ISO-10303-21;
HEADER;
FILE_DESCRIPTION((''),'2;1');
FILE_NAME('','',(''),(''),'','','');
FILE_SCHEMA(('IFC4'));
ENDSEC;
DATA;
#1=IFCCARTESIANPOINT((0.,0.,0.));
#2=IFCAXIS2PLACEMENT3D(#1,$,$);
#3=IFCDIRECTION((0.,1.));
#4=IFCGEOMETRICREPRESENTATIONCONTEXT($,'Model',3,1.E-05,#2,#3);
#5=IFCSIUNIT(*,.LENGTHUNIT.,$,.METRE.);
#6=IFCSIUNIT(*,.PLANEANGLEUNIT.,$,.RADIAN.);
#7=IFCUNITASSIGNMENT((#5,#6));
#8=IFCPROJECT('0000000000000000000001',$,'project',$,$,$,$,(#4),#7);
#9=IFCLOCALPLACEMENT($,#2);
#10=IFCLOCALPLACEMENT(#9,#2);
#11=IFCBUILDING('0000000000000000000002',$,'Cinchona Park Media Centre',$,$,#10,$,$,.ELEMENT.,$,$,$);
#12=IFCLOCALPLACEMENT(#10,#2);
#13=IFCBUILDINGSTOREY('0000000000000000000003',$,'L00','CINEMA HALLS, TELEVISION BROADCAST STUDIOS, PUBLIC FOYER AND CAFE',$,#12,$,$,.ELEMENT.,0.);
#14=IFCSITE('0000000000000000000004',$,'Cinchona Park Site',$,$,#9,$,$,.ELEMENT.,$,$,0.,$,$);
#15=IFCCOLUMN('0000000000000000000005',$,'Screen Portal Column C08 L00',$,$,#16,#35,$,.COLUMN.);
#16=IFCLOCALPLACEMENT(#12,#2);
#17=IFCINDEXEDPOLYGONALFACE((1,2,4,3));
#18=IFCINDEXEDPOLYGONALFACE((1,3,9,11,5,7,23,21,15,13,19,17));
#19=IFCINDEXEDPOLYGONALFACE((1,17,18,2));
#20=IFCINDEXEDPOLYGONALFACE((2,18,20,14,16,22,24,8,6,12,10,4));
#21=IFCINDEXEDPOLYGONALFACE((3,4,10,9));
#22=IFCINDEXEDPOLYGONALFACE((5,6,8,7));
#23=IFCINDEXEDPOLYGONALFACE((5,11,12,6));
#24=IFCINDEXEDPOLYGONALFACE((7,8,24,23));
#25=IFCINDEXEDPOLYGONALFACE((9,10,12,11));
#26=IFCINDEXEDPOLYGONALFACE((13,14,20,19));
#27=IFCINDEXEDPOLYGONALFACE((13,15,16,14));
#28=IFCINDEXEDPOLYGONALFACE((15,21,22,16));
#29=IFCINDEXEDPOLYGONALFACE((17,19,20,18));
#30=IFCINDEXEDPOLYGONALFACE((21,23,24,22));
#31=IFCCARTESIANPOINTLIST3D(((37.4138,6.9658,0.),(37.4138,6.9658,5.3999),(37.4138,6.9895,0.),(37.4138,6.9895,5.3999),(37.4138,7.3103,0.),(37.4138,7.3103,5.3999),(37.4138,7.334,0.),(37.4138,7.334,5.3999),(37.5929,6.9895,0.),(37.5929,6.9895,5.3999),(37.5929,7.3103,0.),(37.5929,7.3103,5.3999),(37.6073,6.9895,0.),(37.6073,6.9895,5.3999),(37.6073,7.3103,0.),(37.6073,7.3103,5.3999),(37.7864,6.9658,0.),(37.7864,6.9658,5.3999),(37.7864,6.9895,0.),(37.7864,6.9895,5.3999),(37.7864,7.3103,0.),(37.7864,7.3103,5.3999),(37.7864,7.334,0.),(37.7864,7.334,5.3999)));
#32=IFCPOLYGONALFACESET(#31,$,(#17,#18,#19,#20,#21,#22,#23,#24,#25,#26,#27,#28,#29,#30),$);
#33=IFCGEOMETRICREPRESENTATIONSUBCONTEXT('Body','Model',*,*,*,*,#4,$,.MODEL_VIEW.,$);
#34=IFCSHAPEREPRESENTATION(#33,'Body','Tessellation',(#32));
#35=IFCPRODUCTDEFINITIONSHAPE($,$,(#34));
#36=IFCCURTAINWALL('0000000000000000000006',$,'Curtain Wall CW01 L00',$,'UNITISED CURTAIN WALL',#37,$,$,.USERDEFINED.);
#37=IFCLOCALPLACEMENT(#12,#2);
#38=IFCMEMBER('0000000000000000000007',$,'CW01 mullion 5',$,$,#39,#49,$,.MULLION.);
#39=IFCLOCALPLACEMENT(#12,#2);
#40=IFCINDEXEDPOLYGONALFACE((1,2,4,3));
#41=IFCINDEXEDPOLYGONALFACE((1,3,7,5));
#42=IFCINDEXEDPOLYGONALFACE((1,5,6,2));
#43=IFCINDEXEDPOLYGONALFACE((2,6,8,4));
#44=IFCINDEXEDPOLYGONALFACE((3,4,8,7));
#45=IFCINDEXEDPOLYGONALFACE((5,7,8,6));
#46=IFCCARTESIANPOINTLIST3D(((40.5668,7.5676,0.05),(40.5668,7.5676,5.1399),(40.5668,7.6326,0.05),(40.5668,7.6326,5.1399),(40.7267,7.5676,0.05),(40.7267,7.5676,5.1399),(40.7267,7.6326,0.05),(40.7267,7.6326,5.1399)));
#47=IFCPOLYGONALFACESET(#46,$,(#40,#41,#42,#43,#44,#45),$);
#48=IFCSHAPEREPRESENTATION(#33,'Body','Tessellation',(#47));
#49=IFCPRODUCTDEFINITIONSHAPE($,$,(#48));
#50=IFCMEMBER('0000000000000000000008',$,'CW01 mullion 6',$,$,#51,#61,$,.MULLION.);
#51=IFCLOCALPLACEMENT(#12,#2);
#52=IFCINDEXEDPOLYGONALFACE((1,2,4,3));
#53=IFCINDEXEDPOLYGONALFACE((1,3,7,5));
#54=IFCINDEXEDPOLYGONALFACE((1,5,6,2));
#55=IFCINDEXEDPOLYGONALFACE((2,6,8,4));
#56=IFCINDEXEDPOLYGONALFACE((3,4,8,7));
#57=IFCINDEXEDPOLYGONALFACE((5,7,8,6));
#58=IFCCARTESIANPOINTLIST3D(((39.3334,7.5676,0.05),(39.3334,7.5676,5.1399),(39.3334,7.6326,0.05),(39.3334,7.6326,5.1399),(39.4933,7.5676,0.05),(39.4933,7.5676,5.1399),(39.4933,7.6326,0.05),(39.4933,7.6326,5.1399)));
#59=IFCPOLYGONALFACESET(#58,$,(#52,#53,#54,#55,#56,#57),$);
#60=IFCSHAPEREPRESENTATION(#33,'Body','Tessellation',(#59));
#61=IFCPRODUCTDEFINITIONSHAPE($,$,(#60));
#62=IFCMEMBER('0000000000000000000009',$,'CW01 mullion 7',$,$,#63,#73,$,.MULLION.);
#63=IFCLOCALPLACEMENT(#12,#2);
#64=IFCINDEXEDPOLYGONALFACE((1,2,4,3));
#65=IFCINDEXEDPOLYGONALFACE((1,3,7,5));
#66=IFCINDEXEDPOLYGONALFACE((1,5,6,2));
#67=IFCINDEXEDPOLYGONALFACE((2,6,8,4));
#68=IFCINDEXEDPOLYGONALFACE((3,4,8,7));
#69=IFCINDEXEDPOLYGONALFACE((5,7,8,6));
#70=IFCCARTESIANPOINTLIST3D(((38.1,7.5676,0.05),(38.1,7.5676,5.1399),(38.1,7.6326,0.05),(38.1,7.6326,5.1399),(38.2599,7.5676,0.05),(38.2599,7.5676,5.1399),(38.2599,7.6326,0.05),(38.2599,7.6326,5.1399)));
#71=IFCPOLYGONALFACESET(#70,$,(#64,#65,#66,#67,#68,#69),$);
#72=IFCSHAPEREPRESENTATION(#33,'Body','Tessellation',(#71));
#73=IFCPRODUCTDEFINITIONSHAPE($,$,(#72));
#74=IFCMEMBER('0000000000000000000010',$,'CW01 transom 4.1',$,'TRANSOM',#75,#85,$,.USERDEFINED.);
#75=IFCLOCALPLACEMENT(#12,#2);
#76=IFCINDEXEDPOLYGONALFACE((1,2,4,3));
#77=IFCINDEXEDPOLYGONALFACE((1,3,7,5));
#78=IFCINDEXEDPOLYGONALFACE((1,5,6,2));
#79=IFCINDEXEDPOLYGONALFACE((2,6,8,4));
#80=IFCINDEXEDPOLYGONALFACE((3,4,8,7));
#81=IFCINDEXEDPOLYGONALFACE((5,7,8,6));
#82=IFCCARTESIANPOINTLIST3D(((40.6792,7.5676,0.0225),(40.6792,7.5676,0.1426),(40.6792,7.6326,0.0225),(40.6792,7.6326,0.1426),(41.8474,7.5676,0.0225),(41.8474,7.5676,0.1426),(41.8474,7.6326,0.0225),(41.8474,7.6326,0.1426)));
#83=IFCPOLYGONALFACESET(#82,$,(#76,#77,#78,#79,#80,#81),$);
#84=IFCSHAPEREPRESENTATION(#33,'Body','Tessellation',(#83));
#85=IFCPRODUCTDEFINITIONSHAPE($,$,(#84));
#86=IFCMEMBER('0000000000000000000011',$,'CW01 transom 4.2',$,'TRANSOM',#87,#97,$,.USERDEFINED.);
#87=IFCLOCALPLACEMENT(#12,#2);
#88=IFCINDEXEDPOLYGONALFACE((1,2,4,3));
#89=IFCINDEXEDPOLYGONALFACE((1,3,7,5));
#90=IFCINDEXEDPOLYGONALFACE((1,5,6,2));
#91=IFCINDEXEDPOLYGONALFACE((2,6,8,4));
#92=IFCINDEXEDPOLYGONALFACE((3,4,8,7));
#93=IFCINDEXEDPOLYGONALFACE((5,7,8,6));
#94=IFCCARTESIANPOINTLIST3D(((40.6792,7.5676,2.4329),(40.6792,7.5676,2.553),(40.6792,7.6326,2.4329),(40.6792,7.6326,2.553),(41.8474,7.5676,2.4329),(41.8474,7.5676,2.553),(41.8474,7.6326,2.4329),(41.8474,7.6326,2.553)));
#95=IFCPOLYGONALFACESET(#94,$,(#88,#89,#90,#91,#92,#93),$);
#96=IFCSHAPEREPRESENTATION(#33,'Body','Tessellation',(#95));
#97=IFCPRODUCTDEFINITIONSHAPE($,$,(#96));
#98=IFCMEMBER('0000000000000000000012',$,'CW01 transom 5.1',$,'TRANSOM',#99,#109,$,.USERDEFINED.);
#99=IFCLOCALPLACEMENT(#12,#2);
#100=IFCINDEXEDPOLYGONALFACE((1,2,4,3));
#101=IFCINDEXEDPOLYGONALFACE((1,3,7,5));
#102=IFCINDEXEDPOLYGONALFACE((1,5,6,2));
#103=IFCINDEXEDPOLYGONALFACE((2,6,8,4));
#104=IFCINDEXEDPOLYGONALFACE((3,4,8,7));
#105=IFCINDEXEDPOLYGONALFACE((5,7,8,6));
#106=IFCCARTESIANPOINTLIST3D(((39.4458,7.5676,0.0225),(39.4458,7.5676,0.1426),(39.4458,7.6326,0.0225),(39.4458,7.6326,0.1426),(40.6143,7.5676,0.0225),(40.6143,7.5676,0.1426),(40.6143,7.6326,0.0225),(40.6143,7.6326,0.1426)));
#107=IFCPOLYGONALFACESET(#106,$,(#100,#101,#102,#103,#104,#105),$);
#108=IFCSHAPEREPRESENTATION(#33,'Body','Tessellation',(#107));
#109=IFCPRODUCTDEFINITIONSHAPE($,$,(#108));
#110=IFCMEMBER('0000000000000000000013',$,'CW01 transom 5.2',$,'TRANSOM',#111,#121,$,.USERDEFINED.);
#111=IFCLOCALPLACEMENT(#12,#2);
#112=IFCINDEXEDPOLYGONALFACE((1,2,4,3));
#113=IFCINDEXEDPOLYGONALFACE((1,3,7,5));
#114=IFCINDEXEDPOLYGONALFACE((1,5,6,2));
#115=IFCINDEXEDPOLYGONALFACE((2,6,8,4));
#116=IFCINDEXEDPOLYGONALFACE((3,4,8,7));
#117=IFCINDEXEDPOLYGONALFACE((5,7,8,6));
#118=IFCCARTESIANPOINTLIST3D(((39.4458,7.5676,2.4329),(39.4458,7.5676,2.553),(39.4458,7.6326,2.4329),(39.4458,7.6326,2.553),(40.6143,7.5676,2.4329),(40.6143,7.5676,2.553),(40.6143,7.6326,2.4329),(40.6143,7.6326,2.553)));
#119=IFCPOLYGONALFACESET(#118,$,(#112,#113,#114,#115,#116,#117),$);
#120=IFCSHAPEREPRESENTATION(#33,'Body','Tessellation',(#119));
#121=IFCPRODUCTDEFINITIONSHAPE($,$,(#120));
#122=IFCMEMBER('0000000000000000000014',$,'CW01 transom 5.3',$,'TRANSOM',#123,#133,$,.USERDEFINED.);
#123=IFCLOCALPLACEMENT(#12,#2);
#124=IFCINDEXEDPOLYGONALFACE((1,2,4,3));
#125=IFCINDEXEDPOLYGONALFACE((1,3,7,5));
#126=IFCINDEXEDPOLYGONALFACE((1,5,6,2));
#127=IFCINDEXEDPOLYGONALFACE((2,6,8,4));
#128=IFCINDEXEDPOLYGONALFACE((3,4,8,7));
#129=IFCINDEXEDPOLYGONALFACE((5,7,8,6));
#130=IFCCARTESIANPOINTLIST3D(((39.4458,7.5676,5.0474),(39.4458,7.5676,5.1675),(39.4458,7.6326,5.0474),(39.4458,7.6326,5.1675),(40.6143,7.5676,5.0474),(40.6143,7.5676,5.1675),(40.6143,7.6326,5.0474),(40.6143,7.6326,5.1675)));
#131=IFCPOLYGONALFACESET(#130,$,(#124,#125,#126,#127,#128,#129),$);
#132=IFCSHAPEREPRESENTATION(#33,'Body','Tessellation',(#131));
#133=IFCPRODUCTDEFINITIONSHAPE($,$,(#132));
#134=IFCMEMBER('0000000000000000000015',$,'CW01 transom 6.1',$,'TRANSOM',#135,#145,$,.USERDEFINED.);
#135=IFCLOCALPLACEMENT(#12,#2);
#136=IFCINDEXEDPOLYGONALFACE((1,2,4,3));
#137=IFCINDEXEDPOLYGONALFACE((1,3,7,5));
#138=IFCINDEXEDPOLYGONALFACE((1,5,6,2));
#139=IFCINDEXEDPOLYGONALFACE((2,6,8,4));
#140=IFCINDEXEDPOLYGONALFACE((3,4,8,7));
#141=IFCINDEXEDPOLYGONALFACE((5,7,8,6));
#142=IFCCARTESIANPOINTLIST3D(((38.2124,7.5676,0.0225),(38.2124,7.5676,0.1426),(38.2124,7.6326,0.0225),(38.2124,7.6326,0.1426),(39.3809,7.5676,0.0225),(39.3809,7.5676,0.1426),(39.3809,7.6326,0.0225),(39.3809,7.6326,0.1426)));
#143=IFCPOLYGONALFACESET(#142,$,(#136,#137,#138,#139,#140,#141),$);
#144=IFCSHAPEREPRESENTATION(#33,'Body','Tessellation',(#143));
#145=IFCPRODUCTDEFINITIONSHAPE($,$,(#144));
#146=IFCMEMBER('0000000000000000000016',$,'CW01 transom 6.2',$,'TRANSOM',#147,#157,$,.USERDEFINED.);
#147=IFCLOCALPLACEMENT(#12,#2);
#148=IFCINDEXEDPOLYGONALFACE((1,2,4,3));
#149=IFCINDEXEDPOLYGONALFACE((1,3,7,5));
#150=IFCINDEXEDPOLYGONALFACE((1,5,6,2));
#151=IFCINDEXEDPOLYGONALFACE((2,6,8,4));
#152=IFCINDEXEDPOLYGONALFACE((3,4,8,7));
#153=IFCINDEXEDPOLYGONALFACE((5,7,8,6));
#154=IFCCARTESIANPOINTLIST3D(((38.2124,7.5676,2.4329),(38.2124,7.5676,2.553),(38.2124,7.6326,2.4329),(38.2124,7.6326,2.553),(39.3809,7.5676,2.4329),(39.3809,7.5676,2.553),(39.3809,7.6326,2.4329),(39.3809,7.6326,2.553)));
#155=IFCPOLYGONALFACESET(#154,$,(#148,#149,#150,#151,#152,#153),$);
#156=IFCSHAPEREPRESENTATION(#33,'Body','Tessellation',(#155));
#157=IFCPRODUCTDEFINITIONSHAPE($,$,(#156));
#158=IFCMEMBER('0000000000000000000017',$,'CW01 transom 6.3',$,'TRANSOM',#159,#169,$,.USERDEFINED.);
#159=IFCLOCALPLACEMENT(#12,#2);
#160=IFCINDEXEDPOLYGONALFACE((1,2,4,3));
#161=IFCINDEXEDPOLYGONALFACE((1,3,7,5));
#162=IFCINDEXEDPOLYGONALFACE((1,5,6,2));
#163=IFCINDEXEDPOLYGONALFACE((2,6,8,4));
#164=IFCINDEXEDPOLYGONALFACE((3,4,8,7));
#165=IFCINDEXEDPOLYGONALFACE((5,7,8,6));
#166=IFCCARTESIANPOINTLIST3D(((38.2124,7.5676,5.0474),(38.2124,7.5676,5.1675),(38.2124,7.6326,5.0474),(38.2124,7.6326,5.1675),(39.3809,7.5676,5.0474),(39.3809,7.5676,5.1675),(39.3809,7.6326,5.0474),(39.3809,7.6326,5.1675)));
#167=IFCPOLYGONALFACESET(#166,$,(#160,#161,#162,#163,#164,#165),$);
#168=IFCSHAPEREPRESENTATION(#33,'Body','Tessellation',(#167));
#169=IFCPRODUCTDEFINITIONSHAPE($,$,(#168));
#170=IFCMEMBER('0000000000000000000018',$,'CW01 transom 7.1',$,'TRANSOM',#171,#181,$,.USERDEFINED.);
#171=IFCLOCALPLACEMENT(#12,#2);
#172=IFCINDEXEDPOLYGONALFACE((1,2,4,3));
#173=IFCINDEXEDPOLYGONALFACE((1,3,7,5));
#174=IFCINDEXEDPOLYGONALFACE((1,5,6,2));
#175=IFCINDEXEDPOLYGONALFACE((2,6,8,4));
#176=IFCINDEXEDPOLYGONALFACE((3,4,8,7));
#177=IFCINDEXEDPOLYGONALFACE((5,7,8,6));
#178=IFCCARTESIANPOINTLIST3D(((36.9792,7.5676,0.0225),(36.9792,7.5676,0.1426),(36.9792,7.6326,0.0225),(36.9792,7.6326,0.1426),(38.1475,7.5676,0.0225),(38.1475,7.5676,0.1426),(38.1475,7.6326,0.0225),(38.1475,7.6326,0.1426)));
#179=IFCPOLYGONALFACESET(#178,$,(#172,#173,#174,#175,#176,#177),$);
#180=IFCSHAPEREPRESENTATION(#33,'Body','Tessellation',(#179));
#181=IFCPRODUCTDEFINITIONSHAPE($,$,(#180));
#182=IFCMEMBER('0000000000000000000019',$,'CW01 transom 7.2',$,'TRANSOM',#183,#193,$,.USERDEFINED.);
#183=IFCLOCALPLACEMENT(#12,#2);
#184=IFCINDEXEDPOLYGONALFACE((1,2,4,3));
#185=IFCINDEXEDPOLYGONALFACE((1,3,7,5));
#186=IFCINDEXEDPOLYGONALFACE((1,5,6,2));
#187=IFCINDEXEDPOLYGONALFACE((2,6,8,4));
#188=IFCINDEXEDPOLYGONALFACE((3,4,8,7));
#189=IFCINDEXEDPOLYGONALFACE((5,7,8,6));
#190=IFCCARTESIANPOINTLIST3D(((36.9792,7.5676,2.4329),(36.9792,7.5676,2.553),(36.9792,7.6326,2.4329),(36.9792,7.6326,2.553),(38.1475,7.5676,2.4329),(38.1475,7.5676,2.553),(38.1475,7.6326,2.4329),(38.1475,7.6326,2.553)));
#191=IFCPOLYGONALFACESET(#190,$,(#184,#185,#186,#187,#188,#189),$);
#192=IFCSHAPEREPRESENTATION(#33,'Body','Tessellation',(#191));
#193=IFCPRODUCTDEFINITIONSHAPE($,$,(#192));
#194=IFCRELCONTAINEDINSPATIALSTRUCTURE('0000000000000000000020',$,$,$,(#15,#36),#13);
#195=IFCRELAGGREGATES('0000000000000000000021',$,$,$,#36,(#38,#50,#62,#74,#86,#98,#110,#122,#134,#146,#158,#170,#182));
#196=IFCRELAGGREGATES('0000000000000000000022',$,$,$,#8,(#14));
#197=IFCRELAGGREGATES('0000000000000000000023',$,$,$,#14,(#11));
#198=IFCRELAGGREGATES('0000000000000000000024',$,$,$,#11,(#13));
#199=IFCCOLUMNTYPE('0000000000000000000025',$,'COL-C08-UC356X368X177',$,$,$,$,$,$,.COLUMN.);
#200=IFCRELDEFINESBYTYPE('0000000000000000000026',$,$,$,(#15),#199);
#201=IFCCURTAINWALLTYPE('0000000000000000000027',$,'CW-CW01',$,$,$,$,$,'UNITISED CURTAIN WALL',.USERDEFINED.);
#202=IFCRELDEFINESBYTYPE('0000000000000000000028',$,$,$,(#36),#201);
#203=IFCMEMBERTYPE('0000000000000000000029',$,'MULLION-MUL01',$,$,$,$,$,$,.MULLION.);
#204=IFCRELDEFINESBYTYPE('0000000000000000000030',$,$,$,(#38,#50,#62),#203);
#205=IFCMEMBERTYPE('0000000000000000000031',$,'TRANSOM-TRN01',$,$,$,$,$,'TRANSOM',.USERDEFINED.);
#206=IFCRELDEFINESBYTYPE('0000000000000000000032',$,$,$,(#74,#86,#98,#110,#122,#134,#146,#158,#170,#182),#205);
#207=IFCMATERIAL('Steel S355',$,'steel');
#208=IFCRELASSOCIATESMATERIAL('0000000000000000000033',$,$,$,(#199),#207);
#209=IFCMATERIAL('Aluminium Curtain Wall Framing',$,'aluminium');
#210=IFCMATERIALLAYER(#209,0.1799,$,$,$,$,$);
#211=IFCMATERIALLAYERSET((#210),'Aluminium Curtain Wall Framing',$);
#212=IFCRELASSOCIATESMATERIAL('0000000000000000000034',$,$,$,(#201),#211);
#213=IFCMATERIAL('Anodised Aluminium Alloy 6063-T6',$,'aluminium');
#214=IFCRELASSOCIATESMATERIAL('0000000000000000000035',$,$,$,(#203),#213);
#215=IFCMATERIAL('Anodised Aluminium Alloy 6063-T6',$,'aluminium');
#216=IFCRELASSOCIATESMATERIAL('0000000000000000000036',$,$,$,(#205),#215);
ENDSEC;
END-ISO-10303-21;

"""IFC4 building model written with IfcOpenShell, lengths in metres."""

from ifc_helpers import new_model, si_unit, direction, frame, origin, origin_2d, place, context, subcontext, project, spatial, rectangle, i_section, extrude, material, layer, layer_set, material_profile, profile_set, type_object, element, aggregate, save


model = new_model("IFC4")

# Units and contexts
model_context = context("Model", 3, precision=1e-05, world=origin(), true_north=direction((0.0, 1.0)))
body_context = subcontext(model_context, "Body", "Model", "MODEL_VIEW")
ifc_project = project(units=[si_unit("LENGTHUNIT", "METRE"), si_unit("PLANEANGLEUNIT", "RADIAN")], contexts=[model_context])

# Site, building, storey
site_placement = place(None, origin())
site = spatial("IfcSite", under=ifc_project, at=site_placement, Name="Cinchona Park Site", CompositionType="ELEMENT", RefElevation=0.0)
building_placement = place(site_placement, origin())
building = spatial("IfcBuilding", under=site, at=building_placement, Name="Cinchona Park Media Centre", CompositionType="ELEMENT")
storey_placement = place(building_placement, origin())
storey = spatial("IfcBuildingStorey", under=building, at=storey_placement, Name="L00", Description="CINEMA HALLS, TELEVISION BROADCAST STUDIOS, PUBLIC FOYER AND CAFE", CompositionType="ELEMENT", Elevation=0.0)

# Column
ifc_material_1 = material(Name="Steel S355", Category="steel")
ifc_material_profile_1 = material_profile(ifc_material_1, i_section(OverallWidth=0.3726, OverallDepth=0.3682, WebThickness=0.0144, FlangeThickness=0.0237, at=origin_2d()), Name="UC356X368X177")
ifc_profile_set_1 = profile_set([ifc_material_profile_1], Name="Steel S355")
column_type = type_object("IfcColumnType", Name="COL-C08-UC356X368X177", PredefinedType="COLUMN", material=ifc_profile_set_1)
column_placement = place(storey_placement, frame((37.6001, 7.1499, 0.0), z_axis=(0.0, 0.0, 1.0), x_axis=(1.0, 0.0, 0.0)))
element("IfcColumn", 1, at=column_placement, inside=storey, type_object=column_type, Name="Screen Portal Column C08 L00", PredefinedType="COLUMN", context=body_context, shape_type="SweptSolid", body=[
    extrude(i_section(OverallWidth=0.3726, OverallDepth=0.3682, WebThickness=0.0144, FlangeThickness=0.0237, at=origin_2d()), origin(), (0.0, 0.0, 1.0), 5.3999),
])

# Curtain wall, members
ifc_material_2 = material(Name="Aluminium Curtain Wall Framing", Category="aluminium")
ifc_layer_1 = layer(ifc_material_2, 0.1799)
ifc_layer_set_1 = layer_set([ifc_layer_1], Name="Aluminium Curtain Wall Framing")
curtain_wall_type = type_object("IfcCurtainWallType", Name="CW-CW01", ElementType="UNITISED CURTAIN WALL", PredefinedType="USERDEFINED", material=ifc_layer_set_1)
curtain_wall_placement = place(storey_placement, origin())
curtain_wall = element("IfcCurtainWall", 2, at=curtain_wall_placement, inside=storey, type_object=curtain_wall_type, Name="Curtain Wall CW01 L00", ObjectType="UNITISED CURTAIN WALL", PredefinedType="USERDEFINED")
ifc_material_3 = material(Name="Anodised Aluminium Alloy 6063-T6", Category="aluminium")
ifc_material_profile_2 = material_profile(ifc_material_3, rectangle(XDim=0.0649, YDim=0.1599, at=origin_2d()), Name="MUL-65X160")
ifc_profile_set_2 = profile_set([ifc_material_profile_2], Name="Anodised Aluminium Alloy 6063-T6")
member_type_1 = type_object("IfcMemberType", Name="MULLION-MUL01", PredefinedType="MULLION", material=ifc_profile_set_2)
member_1_placement = place(storey_placement, frame((40.6467, 7.6001, 0.05), z_axis=(0.0, 0.0, 1.0), x_axis=(0.0, -1.0, 0.0)))
member_1 = element("IfcMember", 3, at=member_1_placement, type_object=member_type_1, Name="CW01 mullion 5", PredefinedType="MULLION", context=body_context, shape_type="SweptSolid", body=[
    extrude(rectangle(XDim=0.0649, YDim=0.1599, at=origin_2d()), origin(), (0.0, 0.0, 1.0), 5.0898),
])
member_2_placement = place(storey_placement, frame((39.4133, 7.6001, 0.05), z_axis=(0.0, 0.0, 1.0), x_axis=(0.0, -1.0, 0.0)))
member_2 = element("IfcMember", 4, at=member_2_placement, type_object=member_type_1, Name="CW01 mullion 6", PredefinedType="MULLION", context=body_context, shape_type="SweptSolid", body=[
    extrude(rectangle(XDim=0.0649, YDim=0.1599, at=origin_2d()), origin(), (0.0, 0.0, 1.0), 5.0898),
])
member_3_placement = place(storey_placement, frame((38.1799, 7.6001, 0.05), z_axis=(0.0, 0.0, 1.0), x_axis=(0.0, -1.0, 0.0)))
member_3 = element("IfcMember", 5, at=member_3_placement, type_object=member_type_1, Name="CW01 mullion 7", PredefinedType="MULLION", context=body_context, shape_type="SweptSolid", body=[
    extrude(rectangle(XDim=0.0649, YDim=0.1599, at=origin_2d()), origin(), (0.0, 0.0, 1.0), 5.0898),
])
ifc_material_4 = material(Name="Anodised Aluminium Alloy 6063-T6", Category="aluminium")
ifc_material_profile_3 = material_profile(ifc_material_4, rectangle(XDim=0.0649, YDim=0.1201, at=origin_2d()), Name="TRN-65X120")
ifc_profile_set_3 = profile_set([ifc_material_profile_3], Name="Anodised Aluminium Alloy 6063-T6")
member_type_2 = type_object("IfcMemberType", Name="TRANSOM-TRN01", ElementType="TRANSOM", PredefinedType="USERDEFINED", material=ifc_profile_set_3)
member_4_placement = place(storey_placement, frame((41.8474, 7.6001, 0.0825), z_axis=(-1.0, 0.0, 0.0), x_axis=(0.0, -1.0, 0.0)))
member_4 = element("IfcMember", 6, at=member_4_placement, type_object=member_type_2, Name="CW01 transom 4.1", ObjectType="TRANSOM", PredefinedType="USERDEFINED", context=body_context, shape_type="SweptSolid", body=[
    extrude(rectangle(XDim=0.0649, YDim=0.1201, at=origin_2d()), origin(), (0.0, 0.0, 1.0), 1.1682),
])
member_5_placement = place(storey_placement, frame((41.8474, 7.6001, 2.4929), z_axis=(-1.0, 0.0, 0.0), x_axis=(0.0, -1.0, 0.0)))
member_5 = element("IfcMember", 7, at=member_5_placement, type_object=member_type_2, Name="CW01 transom 4.2", ObjectType="TRANSOM", PredefinedType="USERDEFINED", context=body_context, shape_type="SweptSolid", body=[
    extrude(rectangle(XDim=0.0649, YDim=0.1201, at=origin_2d()), origin(), (0.0, 0.0, 1.0), 1.1682),
])
member_6_placement = place(storey_placement, frame((40.6143, 7.6001, 0.0825), z_axis=(-1.0, 0.0, 0.0), x_axis=(0.0, -1.0, 0.0)))
member_6 = element("IfcMember", 8, at=member_6_placement, type_object=member_type_2, Name="CW01 transom 5.1", ObjectType="TRANSOM", PredefinedType="USERDEFINED", context=body_context, shape_type="SweptSolid", body=[
    extrude(rectangle(XDim=0.0649, YDim=0.1201, at=origin_2d()), origin(), (0.0, 0.0, 1.0), 1.1685),
])
member_7_placement = place(storey_placement, frame((40.6143, 7.6001, 2.4929), z_axis=(-1.0, 0.0, 0.0), x_axis=(0.0, -1.0, 0.0)))
member_7 = element("IfcMember", 9, at=member_7_placement, type_object=member_type_2, Name="CW01 transom 5.2", ObjectType="TRANSOM", PredefinedType="USERDEFINED", context=body_context, shape_type="SweptSolid", body=[
    extrude(rectangle(XDim=0.0649, YDim=0.1201, at=origin_2d()), origin(), (0.0, 0.0, 1.0), 1.1685),
])
member_8_placement = place(storey_placement, frame((40.6143, 7.6001, 5.1074), z_axis=(-1.0, 0.0, 0.0), x_axis=(0.0, -1.0, 0.0)))
member_8 = element("IfcMember", 10, at=member_8_placement, type_object=member_type_2, Name="CW01 transom 5.3", ObjectType="TRANSOM", PredefinedType="USERDEFINED", context=body_context, shape_type="SweptSolid", body=[
    extrude(rectangle(XDim=0.0649, YDim=0.1201, at=origin_2d()), origin(), (0.0, 0.0, 1.0), 1.1685),
])
member_9_placement = place(storey_placement, frame((39.3809, 7.6001, 0.0825), z_axis=(-1.0, 0.0, 0.0), x_axis=(0.0, -1.0, 0.0)))
member_9 = element("IfcMember", 11, at=member_9_placement, type_object=member_type_2, Name="CW01 transom 6.1", ObjectType="TRANSOM", PredefinedType="USERDEFINED", context=body_context, shape_type="SweptSolid", body=[
    extrude(rectangle(XDim=0.0649, YDim=0.1201, at=origin_2d()), origin(), (0.0, 0.0, 1.0), 1.1685),
])
member_10_placement = place(storey_placement, frame((39.3809, 7.6001, 2.4929), z_axis=(-1.0, 0.0, 0.0), x_axis=(0.0, -1.0, 0.0)))
member_10 = element("IfcMember", 12, at=member_10_placement, type_object=member_type_2, Name="CW01 transom 6.2", ObjectType="TRANSOM", PredefinedType="USERDEFINED", context=body_context, shape_type="SweptSolid", body=[
    extrude(rectangle(XDim=0.0649, YDim=0.1201, at=origin_2d()), origin(), (0.0, 0.0, 1.0), 1.1685),
])
member_11_placement = place(storey_placement, frame((39.3809, 7.6001, 5.1074), z_axis=(-1.0, 0.0, 0.0), x_axis=(0.0, -1.0, 0.0)))
member_11 = element("IfcMember", 13, at=member_11_placement, type_object=member_type_2, Name="CW01 transom 6.3", ObjectType="TRANSOM", PredefinedType="USERDEFINED", context=body_context, shape_type="SweptSolid", body=[
    extrude(rectangle(XDim=0.0649, YDim=0.1201, at=origin_2d()), origin(), (0.0, 0.0, 1.0), 1.1685),
])
member_12_placement = place(storey_placement, frame((38.1475, 7.6001, 0.0825), z_axis=(-1.0, 0.0, 0.0), x_axis=(0.0, -1.0, 0.0)))
member_12 = element("IfcMember", 14, at=member_12_placement, type_object=member_type_2, Name="CW01 transom 7.1", ObjectType="TRANSOM", PredefinedType="USERDEFINED", context=body_context, shape_type="SweptSolid", body=[
    extrude(rectangle(XDim=0.0649, YDim=0.1201, at=origin_2d()), origin(), (0.0, 0.0, 1.0), 1.1682),
])
member_13_placement = place(storey_placement, frame((38.1475, 7.6001, 2.4929), z_axis=(-1.0, 0.0, 0.0), x_axis=(0.0, -1.0, 0.0)))
member_13 = element("IfcMember", 15, at=member_13_placement, type_object=member_type_2, Name="CW01 transom 7.2", ObjectType="TRANSOM", PredefinedType="USERDEFINED", context=body_context, shape_type="SweptSolid", body=[
    extrude(rectangle(XDim=0.0649, YDim=0.1201, at=origin_2d()), origin(), (0.0, 0.0, 1.0), 1.1682),
])
aggregate(curtain_wall, [member_1, member_2, member_3, member_4, member_5, member_6, member_7, member_8, member_9, member_10, member_11, member_12, member_13])

save(model, "model.ifc")
